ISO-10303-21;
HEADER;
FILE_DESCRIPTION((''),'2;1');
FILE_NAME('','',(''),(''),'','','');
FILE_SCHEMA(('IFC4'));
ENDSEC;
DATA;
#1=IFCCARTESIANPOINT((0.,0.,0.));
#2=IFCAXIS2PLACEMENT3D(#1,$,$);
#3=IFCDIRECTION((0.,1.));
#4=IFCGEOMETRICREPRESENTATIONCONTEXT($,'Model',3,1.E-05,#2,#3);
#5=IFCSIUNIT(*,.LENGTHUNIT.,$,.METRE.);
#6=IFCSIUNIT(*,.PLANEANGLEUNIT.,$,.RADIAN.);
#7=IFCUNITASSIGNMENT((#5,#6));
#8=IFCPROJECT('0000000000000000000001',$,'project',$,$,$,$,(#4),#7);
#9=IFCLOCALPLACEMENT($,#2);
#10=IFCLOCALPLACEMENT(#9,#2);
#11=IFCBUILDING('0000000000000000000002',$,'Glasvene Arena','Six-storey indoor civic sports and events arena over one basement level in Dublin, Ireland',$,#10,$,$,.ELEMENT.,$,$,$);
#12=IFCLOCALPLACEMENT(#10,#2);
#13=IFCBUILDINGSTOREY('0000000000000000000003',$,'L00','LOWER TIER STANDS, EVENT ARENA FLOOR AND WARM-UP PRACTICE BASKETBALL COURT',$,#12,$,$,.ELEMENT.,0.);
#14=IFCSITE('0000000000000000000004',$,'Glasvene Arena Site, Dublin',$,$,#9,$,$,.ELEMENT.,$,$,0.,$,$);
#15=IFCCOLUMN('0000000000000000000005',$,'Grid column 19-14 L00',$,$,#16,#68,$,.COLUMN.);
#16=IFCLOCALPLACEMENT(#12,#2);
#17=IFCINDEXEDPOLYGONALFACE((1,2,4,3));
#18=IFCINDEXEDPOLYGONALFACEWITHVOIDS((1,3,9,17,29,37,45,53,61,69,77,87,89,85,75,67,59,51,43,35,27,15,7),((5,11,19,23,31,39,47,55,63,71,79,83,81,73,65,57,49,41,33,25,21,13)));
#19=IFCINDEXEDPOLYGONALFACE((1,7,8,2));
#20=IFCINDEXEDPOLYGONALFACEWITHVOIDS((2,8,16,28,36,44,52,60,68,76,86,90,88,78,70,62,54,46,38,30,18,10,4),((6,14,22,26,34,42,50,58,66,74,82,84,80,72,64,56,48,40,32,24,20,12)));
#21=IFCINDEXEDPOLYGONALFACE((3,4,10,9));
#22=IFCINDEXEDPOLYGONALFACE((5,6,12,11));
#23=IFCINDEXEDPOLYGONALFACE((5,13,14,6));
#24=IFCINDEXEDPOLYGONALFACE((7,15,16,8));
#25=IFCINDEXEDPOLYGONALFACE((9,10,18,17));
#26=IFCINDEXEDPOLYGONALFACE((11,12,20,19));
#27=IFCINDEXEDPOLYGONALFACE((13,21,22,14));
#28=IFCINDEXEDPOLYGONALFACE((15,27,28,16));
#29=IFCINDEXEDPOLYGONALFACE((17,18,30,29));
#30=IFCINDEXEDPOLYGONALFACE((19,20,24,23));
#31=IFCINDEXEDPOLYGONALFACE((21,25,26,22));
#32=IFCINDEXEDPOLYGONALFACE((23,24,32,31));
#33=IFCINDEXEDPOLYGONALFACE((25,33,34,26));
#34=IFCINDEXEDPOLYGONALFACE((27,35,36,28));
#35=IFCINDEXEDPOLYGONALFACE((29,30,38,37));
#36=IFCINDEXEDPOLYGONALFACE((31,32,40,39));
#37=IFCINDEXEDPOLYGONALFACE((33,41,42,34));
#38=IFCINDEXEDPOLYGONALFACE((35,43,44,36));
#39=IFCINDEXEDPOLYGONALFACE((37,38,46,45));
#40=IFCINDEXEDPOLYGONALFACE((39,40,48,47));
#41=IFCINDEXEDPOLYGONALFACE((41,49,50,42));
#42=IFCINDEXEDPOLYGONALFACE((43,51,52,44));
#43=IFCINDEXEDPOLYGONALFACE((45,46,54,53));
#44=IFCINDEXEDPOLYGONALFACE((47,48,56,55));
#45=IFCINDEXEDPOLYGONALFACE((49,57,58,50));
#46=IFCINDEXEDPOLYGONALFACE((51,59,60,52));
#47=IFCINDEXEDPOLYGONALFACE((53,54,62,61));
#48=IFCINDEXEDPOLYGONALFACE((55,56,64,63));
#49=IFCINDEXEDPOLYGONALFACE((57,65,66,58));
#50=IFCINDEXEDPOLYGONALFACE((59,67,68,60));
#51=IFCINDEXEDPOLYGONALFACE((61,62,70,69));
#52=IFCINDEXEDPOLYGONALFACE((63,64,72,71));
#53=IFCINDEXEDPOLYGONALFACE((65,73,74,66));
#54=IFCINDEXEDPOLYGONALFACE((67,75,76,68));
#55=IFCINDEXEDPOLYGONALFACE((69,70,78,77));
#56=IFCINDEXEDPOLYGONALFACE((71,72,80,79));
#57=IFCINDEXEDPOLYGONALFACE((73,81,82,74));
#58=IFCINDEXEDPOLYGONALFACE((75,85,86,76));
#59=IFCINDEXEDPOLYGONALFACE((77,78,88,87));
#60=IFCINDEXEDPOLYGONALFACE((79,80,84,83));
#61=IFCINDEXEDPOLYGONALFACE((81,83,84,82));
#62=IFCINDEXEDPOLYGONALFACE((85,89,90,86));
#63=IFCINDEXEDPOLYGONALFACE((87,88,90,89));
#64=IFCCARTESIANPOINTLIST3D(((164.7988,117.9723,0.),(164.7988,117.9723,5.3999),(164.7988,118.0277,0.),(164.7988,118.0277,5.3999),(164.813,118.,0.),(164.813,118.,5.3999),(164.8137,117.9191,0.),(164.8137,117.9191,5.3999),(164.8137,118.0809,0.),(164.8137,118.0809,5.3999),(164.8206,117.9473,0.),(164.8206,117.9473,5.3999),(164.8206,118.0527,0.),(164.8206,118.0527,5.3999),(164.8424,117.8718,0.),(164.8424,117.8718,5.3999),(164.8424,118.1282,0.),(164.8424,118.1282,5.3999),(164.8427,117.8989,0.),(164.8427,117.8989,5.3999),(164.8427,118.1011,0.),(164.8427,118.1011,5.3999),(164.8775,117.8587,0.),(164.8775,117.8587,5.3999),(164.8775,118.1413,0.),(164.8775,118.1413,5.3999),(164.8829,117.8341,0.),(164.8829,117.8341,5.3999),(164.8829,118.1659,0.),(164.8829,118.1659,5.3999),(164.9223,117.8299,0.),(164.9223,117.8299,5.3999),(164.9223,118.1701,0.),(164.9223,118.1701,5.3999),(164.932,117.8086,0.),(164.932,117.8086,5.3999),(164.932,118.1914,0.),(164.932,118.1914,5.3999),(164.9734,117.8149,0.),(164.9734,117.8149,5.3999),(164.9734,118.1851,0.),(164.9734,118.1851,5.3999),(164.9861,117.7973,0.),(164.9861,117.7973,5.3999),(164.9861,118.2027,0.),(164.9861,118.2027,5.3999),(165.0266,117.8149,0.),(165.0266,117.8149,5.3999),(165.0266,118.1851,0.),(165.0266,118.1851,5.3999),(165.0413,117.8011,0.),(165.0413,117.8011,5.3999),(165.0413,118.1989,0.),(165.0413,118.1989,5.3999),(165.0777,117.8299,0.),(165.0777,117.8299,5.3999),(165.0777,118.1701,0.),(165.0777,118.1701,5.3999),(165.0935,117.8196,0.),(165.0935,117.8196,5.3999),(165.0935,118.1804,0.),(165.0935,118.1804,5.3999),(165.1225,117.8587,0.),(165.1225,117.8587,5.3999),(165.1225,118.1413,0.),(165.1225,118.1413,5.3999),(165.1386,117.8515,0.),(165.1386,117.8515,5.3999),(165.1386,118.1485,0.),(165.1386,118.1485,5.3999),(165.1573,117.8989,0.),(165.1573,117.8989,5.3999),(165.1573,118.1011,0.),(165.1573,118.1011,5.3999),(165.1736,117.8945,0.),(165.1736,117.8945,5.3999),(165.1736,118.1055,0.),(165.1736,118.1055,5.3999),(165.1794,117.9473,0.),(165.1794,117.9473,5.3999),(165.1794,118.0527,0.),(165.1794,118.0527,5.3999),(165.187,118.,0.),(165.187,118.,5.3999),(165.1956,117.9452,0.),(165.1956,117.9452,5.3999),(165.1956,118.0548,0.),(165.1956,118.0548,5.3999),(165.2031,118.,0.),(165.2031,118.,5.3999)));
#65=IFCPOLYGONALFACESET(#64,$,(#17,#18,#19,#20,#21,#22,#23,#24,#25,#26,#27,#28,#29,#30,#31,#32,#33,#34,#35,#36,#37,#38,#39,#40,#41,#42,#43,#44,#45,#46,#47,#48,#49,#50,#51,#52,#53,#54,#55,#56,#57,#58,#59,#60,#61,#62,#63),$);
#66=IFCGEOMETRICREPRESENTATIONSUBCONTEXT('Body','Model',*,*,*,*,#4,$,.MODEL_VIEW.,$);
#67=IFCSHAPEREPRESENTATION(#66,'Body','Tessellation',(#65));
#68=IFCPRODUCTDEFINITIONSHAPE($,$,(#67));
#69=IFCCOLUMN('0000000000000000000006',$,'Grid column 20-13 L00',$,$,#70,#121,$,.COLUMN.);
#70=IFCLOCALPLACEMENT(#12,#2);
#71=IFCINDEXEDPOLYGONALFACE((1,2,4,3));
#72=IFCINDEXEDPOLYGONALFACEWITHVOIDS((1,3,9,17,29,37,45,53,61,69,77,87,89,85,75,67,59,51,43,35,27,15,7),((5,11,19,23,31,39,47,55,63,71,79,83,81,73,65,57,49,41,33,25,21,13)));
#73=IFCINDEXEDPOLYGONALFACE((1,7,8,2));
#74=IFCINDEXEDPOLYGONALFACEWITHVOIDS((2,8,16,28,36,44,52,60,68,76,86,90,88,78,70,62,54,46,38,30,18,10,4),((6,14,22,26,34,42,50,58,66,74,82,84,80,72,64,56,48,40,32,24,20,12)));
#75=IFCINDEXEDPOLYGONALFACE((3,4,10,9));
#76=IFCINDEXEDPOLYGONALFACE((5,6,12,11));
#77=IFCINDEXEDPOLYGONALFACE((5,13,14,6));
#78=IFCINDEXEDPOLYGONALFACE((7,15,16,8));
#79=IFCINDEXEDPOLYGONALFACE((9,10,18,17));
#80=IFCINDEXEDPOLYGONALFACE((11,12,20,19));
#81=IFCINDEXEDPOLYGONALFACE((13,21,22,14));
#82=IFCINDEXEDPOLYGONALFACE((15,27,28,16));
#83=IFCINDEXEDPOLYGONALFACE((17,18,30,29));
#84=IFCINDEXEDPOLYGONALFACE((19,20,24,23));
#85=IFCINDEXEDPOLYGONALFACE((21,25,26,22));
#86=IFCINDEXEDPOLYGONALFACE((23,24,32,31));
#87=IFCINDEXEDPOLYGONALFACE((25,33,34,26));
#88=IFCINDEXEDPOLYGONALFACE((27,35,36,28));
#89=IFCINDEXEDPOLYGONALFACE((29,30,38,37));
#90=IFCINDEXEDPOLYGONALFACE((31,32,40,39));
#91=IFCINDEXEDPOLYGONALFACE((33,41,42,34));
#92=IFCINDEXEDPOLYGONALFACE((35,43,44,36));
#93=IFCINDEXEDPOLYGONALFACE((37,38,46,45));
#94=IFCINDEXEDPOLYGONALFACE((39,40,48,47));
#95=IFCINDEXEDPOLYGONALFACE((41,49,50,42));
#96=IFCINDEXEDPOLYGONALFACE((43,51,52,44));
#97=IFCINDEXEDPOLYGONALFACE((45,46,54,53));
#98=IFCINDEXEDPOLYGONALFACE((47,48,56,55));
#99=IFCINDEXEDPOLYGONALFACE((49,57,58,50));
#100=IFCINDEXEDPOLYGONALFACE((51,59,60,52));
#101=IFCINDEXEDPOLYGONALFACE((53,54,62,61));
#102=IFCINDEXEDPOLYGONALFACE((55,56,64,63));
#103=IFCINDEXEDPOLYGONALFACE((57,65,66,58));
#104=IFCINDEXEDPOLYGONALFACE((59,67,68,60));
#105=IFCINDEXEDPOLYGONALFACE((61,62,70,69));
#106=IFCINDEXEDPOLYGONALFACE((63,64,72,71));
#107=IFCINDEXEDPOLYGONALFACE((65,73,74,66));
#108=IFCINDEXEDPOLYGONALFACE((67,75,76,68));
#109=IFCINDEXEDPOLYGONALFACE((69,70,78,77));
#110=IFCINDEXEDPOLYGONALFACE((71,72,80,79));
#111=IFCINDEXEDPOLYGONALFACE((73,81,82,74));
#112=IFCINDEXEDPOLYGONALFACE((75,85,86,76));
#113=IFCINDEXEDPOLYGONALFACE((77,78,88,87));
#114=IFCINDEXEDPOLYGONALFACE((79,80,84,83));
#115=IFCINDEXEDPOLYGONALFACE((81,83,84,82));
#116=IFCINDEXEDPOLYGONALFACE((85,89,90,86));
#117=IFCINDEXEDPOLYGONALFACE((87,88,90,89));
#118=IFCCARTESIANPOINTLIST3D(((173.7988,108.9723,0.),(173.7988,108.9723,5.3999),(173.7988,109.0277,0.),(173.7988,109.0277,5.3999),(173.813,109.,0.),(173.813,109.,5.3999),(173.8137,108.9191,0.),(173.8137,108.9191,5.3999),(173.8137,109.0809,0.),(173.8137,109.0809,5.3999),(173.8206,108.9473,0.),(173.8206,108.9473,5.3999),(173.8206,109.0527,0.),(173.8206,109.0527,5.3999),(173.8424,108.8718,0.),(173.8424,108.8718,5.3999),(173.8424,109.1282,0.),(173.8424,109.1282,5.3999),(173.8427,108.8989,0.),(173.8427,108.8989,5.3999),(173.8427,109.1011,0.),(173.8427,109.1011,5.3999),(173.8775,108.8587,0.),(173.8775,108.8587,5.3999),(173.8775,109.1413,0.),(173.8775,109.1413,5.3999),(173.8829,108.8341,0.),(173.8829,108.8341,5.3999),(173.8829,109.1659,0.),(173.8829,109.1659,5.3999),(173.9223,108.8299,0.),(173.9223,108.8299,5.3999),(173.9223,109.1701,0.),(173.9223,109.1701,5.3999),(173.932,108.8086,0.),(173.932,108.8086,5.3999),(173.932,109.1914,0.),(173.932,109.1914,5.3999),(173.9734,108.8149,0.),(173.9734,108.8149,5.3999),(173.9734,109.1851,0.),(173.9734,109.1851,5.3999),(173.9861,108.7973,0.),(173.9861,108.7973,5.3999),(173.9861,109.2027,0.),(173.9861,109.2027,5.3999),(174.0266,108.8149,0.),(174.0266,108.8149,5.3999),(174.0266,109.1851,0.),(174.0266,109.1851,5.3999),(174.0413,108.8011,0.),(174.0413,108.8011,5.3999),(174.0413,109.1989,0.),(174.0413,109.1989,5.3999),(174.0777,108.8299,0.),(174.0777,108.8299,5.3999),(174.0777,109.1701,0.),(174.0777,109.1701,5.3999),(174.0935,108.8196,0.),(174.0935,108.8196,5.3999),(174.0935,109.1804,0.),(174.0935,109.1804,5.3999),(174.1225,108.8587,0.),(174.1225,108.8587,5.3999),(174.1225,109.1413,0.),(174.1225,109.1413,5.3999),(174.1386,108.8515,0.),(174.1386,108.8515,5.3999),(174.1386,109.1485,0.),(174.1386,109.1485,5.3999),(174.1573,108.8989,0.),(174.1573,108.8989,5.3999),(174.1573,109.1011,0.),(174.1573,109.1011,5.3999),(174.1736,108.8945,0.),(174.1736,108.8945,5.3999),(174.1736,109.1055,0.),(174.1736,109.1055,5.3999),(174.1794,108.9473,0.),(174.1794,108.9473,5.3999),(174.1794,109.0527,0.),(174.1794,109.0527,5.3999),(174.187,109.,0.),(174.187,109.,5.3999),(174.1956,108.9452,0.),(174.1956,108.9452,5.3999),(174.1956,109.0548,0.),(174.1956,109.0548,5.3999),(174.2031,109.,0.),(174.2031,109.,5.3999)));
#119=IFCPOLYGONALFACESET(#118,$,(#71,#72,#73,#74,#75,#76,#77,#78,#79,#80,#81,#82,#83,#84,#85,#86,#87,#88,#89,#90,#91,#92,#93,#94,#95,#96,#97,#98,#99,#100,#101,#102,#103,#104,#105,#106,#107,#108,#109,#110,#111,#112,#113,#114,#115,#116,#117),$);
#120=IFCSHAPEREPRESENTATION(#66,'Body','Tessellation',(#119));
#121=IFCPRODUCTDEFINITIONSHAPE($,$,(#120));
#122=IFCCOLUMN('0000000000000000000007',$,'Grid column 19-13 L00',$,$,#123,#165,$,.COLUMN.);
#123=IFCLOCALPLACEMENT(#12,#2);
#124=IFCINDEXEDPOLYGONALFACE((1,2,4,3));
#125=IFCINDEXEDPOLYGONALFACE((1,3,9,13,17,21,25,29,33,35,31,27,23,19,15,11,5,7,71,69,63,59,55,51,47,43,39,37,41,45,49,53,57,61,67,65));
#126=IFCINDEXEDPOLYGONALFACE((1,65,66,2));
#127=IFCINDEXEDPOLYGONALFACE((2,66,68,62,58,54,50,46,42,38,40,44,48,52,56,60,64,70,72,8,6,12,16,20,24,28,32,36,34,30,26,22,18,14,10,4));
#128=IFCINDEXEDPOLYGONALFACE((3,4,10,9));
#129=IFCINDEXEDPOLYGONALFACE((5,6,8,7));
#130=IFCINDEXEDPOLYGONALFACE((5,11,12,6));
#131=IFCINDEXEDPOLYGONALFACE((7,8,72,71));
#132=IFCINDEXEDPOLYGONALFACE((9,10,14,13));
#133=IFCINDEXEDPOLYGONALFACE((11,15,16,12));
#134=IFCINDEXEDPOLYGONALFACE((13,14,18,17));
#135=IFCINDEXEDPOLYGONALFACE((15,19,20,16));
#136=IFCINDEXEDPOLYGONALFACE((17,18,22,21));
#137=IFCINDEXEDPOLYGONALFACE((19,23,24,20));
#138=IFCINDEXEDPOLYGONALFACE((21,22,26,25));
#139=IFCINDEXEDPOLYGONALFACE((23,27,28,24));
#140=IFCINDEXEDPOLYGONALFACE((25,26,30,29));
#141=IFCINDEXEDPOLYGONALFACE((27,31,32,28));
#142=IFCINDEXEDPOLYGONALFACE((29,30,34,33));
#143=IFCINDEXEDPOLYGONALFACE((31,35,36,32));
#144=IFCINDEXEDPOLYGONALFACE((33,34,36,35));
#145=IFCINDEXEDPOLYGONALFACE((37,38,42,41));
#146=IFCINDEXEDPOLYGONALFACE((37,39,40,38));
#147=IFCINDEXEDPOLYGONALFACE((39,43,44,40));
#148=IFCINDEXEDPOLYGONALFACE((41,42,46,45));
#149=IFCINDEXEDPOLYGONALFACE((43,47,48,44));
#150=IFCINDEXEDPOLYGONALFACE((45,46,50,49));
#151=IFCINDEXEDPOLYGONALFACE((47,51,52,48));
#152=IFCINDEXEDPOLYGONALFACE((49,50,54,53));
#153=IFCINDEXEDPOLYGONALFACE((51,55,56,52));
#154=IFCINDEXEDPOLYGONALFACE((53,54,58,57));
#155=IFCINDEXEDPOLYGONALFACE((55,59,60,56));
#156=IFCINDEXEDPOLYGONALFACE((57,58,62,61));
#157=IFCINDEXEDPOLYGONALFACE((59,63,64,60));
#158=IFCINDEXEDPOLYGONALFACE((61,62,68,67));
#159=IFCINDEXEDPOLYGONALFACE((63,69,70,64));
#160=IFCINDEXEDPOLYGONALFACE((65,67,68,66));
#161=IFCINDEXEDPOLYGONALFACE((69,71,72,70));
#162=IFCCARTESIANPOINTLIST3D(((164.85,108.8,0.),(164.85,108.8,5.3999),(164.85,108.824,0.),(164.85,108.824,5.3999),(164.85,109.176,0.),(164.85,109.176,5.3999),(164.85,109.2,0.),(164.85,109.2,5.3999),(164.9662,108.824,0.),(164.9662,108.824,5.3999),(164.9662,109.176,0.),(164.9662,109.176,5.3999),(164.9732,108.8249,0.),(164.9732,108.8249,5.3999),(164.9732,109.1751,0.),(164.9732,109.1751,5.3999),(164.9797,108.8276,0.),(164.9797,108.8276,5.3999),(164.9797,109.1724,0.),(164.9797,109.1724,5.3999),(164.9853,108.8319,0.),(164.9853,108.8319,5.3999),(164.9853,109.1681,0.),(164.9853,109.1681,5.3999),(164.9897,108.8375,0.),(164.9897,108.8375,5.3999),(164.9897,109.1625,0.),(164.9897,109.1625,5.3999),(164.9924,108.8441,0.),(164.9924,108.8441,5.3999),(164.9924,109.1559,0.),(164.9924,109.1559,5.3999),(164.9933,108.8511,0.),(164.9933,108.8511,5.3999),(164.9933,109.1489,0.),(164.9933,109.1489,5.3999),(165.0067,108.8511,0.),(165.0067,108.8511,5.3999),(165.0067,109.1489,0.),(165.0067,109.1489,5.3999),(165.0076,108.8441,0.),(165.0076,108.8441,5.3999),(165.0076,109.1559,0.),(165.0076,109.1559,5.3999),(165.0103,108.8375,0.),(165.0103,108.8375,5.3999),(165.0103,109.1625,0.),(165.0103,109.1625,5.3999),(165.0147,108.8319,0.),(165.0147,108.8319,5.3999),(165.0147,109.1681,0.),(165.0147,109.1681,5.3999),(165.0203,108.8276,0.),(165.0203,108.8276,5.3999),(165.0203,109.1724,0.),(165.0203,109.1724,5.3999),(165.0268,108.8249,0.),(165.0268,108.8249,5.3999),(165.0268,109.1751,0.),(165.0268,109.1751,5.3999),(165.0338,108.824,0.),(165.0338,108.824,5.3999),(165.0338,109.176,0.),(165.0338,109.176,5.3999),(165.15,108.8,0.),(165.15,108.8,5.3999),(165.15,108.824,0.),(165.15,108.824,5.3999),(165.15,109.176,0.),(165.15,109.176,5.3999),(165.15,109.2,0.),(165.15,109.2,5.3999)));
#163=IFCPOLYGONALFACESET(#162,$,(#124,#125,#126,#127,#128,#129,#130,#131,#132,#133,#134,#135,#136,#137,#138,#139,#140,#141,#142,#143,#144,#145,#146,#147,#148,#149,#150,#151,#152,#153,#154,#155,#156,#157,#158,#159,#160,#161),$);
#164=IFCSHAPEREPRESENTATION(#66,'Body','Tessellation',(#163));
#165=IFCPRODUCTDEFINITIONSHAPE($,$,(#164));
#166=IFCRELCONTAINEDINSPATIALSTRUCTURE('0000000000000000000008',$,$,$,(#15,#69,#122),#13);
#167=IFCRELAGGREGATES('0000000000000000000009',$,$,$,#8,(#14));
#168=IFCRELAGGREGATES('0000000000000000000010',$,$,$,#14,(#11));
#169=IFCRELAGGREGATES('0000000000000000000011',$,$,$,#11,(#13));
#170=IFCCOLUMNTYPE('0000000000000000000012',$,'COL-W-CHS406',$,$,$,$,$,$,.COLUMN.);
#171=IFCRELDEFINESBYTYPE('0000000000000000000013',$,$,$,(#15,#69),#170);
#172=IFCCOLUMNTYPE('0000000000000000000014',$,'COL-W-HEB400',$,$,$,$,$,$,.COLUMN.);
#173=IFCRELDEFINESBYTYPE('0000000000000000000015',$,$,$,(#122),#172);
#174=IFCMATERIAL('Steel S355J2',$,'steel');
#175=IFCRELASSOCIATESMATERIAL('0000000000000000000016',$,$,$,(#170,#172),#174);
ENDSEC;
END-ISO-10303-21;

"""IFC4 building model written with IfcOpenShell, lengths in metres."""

from ifc_helpers import new_model, si_unit, direction, frame, origin, origin_2d, place, context, subcontext, project, spatial, hollow_circle, i_section, extrude, material, material_profile, profile_set, type_object, element, save


model = new_model("IFC4")

# Units and contexts
model_context = context("Model", 3, precision=1e-05, world=origin(), true_north=direction((0.0, 1.0)))
body_context = subcontext(model_context, "Body", "Model", "MODEL_VIEW")
ifc_project = project(units=[si_unit("LENGTHUNIT", "METRE"), si_unit("PLANEANGLEUNIT", "RADIAN")], contexts=[model_context])

# Site, building, storey
site_placement = place(None, origin())
site = spatial("IfcSite", under=ifc_project, at=site_placement, Name="Glasvene Arena Site, Dublin", CompositionType="ELEMENT", RefElevation=0.0)
building_placement = place(site_placement, origin())
building = spatial("IfcBuilding", under=site, at=building_placement, Name="Glasvene Arena", Description="Six-storey indoor civic sports and events arena over one basement level in Dublin, Ireland", CompositionType="ELEMENT")
storey_placement = place(building_placement, origin())
storey = spatial("IfcBuildingStorey", under=building, at=storey_placement, Name="L00", Description="LOWER TIER STANDS, EVENT ARENA FLOOR AND WARM-UP PRACTICE BASKETBALL COURT", CompositionType="ELEMENT", Elevation=0.0)

# Columns
ifc_material_1 = material(Name="Steel S355J2", Category="steel")
ifc_material_profile_1 = material_profile(ifc_material_1, hollow_circle(Radius=0.2031, WallThickness=0.0161, at=origin_2d()), Name="CHS 406.4x16.0")
ifc_profile_set_1 = profile_set([ifc_material_profile_1], Name="Steel S355J2")
column_type_1 = type_object("IfcColumnType", Name="COL-W-CHS406", PredefinedType="COLUMN", material=ifc_profile_set_1)
for number, where, z_axis, x_axis, name in (
    (1, (165.0, 118.0, 0.0), (0.0, 0.0, 1.0), (1.0, 0.0, 0.0), "Grid column 19-14 L00"),
    (2, (174.0, 109.0, 0.0), (0.0, 0.0, 1.0), (1.0, 0.0, 0.0), "Grid column 20-13 L00"),
):
    element("IfcColumn", number, at=place(storey_placement, frame(where, z_axis=z_axis, x_axis=x_axis)), inside=storey, type_object=column_type_1, Name=name, PredefinedType="COLUMN", context=body_context, shape_type="SweptSolid", body=[
        extrude(hollow_circle(Radius=0.2031, WallThickness=0.0161, at=origin_2d()), origin(), (0.0, 0.0, 1.0), 5.3999),
    ])
ifc_material_profile_2 = material_profile(ifc_material_1, i_section(OverallWidth=0.3, OverallDepth=0.3999, WebThickness=0.0134, FlangeThickness=0.0239, FilletRadius=0.0271, at=origin_2d()), Name="HEB 400")
ifc_profile_set_2 = profile_set([ifc_material_profile_2], Name="Steel S355J2")
column_type_2 = type_object("IfcColumnType", Name="COL-W-HEB400", PredefinedType="COLUMN", material=ifc_profile_set_2)
for number, where, z_axis, x_axis, name in (
    (3, (165.0, 109.0, 0.0), (0.0, 0.0, 1.0), (1.0, 0.0, 0.0), "Grid column 19-13 L00"),
):
    element("IfcColumn", number, at=place(storey_placement, frame(where, z_axis=z_axis, x_axis=x_axis)), inside=storey, type_object=column_type_2, Name=name, PredefinedType="COLUMN", context=body_context, shape_type="SweptSolid", body=[
        extrude(i_section(OverallWidth=0.3, OverallDepth=0.3999, WebThickness=0.0134, FlangeThickness=0.0239, FilletRadius=0.0271, at=origin_2d()), origin(), (0.0, 0.0, 1.0), 5.3999),
    ])

save(model, "model.ifc")
